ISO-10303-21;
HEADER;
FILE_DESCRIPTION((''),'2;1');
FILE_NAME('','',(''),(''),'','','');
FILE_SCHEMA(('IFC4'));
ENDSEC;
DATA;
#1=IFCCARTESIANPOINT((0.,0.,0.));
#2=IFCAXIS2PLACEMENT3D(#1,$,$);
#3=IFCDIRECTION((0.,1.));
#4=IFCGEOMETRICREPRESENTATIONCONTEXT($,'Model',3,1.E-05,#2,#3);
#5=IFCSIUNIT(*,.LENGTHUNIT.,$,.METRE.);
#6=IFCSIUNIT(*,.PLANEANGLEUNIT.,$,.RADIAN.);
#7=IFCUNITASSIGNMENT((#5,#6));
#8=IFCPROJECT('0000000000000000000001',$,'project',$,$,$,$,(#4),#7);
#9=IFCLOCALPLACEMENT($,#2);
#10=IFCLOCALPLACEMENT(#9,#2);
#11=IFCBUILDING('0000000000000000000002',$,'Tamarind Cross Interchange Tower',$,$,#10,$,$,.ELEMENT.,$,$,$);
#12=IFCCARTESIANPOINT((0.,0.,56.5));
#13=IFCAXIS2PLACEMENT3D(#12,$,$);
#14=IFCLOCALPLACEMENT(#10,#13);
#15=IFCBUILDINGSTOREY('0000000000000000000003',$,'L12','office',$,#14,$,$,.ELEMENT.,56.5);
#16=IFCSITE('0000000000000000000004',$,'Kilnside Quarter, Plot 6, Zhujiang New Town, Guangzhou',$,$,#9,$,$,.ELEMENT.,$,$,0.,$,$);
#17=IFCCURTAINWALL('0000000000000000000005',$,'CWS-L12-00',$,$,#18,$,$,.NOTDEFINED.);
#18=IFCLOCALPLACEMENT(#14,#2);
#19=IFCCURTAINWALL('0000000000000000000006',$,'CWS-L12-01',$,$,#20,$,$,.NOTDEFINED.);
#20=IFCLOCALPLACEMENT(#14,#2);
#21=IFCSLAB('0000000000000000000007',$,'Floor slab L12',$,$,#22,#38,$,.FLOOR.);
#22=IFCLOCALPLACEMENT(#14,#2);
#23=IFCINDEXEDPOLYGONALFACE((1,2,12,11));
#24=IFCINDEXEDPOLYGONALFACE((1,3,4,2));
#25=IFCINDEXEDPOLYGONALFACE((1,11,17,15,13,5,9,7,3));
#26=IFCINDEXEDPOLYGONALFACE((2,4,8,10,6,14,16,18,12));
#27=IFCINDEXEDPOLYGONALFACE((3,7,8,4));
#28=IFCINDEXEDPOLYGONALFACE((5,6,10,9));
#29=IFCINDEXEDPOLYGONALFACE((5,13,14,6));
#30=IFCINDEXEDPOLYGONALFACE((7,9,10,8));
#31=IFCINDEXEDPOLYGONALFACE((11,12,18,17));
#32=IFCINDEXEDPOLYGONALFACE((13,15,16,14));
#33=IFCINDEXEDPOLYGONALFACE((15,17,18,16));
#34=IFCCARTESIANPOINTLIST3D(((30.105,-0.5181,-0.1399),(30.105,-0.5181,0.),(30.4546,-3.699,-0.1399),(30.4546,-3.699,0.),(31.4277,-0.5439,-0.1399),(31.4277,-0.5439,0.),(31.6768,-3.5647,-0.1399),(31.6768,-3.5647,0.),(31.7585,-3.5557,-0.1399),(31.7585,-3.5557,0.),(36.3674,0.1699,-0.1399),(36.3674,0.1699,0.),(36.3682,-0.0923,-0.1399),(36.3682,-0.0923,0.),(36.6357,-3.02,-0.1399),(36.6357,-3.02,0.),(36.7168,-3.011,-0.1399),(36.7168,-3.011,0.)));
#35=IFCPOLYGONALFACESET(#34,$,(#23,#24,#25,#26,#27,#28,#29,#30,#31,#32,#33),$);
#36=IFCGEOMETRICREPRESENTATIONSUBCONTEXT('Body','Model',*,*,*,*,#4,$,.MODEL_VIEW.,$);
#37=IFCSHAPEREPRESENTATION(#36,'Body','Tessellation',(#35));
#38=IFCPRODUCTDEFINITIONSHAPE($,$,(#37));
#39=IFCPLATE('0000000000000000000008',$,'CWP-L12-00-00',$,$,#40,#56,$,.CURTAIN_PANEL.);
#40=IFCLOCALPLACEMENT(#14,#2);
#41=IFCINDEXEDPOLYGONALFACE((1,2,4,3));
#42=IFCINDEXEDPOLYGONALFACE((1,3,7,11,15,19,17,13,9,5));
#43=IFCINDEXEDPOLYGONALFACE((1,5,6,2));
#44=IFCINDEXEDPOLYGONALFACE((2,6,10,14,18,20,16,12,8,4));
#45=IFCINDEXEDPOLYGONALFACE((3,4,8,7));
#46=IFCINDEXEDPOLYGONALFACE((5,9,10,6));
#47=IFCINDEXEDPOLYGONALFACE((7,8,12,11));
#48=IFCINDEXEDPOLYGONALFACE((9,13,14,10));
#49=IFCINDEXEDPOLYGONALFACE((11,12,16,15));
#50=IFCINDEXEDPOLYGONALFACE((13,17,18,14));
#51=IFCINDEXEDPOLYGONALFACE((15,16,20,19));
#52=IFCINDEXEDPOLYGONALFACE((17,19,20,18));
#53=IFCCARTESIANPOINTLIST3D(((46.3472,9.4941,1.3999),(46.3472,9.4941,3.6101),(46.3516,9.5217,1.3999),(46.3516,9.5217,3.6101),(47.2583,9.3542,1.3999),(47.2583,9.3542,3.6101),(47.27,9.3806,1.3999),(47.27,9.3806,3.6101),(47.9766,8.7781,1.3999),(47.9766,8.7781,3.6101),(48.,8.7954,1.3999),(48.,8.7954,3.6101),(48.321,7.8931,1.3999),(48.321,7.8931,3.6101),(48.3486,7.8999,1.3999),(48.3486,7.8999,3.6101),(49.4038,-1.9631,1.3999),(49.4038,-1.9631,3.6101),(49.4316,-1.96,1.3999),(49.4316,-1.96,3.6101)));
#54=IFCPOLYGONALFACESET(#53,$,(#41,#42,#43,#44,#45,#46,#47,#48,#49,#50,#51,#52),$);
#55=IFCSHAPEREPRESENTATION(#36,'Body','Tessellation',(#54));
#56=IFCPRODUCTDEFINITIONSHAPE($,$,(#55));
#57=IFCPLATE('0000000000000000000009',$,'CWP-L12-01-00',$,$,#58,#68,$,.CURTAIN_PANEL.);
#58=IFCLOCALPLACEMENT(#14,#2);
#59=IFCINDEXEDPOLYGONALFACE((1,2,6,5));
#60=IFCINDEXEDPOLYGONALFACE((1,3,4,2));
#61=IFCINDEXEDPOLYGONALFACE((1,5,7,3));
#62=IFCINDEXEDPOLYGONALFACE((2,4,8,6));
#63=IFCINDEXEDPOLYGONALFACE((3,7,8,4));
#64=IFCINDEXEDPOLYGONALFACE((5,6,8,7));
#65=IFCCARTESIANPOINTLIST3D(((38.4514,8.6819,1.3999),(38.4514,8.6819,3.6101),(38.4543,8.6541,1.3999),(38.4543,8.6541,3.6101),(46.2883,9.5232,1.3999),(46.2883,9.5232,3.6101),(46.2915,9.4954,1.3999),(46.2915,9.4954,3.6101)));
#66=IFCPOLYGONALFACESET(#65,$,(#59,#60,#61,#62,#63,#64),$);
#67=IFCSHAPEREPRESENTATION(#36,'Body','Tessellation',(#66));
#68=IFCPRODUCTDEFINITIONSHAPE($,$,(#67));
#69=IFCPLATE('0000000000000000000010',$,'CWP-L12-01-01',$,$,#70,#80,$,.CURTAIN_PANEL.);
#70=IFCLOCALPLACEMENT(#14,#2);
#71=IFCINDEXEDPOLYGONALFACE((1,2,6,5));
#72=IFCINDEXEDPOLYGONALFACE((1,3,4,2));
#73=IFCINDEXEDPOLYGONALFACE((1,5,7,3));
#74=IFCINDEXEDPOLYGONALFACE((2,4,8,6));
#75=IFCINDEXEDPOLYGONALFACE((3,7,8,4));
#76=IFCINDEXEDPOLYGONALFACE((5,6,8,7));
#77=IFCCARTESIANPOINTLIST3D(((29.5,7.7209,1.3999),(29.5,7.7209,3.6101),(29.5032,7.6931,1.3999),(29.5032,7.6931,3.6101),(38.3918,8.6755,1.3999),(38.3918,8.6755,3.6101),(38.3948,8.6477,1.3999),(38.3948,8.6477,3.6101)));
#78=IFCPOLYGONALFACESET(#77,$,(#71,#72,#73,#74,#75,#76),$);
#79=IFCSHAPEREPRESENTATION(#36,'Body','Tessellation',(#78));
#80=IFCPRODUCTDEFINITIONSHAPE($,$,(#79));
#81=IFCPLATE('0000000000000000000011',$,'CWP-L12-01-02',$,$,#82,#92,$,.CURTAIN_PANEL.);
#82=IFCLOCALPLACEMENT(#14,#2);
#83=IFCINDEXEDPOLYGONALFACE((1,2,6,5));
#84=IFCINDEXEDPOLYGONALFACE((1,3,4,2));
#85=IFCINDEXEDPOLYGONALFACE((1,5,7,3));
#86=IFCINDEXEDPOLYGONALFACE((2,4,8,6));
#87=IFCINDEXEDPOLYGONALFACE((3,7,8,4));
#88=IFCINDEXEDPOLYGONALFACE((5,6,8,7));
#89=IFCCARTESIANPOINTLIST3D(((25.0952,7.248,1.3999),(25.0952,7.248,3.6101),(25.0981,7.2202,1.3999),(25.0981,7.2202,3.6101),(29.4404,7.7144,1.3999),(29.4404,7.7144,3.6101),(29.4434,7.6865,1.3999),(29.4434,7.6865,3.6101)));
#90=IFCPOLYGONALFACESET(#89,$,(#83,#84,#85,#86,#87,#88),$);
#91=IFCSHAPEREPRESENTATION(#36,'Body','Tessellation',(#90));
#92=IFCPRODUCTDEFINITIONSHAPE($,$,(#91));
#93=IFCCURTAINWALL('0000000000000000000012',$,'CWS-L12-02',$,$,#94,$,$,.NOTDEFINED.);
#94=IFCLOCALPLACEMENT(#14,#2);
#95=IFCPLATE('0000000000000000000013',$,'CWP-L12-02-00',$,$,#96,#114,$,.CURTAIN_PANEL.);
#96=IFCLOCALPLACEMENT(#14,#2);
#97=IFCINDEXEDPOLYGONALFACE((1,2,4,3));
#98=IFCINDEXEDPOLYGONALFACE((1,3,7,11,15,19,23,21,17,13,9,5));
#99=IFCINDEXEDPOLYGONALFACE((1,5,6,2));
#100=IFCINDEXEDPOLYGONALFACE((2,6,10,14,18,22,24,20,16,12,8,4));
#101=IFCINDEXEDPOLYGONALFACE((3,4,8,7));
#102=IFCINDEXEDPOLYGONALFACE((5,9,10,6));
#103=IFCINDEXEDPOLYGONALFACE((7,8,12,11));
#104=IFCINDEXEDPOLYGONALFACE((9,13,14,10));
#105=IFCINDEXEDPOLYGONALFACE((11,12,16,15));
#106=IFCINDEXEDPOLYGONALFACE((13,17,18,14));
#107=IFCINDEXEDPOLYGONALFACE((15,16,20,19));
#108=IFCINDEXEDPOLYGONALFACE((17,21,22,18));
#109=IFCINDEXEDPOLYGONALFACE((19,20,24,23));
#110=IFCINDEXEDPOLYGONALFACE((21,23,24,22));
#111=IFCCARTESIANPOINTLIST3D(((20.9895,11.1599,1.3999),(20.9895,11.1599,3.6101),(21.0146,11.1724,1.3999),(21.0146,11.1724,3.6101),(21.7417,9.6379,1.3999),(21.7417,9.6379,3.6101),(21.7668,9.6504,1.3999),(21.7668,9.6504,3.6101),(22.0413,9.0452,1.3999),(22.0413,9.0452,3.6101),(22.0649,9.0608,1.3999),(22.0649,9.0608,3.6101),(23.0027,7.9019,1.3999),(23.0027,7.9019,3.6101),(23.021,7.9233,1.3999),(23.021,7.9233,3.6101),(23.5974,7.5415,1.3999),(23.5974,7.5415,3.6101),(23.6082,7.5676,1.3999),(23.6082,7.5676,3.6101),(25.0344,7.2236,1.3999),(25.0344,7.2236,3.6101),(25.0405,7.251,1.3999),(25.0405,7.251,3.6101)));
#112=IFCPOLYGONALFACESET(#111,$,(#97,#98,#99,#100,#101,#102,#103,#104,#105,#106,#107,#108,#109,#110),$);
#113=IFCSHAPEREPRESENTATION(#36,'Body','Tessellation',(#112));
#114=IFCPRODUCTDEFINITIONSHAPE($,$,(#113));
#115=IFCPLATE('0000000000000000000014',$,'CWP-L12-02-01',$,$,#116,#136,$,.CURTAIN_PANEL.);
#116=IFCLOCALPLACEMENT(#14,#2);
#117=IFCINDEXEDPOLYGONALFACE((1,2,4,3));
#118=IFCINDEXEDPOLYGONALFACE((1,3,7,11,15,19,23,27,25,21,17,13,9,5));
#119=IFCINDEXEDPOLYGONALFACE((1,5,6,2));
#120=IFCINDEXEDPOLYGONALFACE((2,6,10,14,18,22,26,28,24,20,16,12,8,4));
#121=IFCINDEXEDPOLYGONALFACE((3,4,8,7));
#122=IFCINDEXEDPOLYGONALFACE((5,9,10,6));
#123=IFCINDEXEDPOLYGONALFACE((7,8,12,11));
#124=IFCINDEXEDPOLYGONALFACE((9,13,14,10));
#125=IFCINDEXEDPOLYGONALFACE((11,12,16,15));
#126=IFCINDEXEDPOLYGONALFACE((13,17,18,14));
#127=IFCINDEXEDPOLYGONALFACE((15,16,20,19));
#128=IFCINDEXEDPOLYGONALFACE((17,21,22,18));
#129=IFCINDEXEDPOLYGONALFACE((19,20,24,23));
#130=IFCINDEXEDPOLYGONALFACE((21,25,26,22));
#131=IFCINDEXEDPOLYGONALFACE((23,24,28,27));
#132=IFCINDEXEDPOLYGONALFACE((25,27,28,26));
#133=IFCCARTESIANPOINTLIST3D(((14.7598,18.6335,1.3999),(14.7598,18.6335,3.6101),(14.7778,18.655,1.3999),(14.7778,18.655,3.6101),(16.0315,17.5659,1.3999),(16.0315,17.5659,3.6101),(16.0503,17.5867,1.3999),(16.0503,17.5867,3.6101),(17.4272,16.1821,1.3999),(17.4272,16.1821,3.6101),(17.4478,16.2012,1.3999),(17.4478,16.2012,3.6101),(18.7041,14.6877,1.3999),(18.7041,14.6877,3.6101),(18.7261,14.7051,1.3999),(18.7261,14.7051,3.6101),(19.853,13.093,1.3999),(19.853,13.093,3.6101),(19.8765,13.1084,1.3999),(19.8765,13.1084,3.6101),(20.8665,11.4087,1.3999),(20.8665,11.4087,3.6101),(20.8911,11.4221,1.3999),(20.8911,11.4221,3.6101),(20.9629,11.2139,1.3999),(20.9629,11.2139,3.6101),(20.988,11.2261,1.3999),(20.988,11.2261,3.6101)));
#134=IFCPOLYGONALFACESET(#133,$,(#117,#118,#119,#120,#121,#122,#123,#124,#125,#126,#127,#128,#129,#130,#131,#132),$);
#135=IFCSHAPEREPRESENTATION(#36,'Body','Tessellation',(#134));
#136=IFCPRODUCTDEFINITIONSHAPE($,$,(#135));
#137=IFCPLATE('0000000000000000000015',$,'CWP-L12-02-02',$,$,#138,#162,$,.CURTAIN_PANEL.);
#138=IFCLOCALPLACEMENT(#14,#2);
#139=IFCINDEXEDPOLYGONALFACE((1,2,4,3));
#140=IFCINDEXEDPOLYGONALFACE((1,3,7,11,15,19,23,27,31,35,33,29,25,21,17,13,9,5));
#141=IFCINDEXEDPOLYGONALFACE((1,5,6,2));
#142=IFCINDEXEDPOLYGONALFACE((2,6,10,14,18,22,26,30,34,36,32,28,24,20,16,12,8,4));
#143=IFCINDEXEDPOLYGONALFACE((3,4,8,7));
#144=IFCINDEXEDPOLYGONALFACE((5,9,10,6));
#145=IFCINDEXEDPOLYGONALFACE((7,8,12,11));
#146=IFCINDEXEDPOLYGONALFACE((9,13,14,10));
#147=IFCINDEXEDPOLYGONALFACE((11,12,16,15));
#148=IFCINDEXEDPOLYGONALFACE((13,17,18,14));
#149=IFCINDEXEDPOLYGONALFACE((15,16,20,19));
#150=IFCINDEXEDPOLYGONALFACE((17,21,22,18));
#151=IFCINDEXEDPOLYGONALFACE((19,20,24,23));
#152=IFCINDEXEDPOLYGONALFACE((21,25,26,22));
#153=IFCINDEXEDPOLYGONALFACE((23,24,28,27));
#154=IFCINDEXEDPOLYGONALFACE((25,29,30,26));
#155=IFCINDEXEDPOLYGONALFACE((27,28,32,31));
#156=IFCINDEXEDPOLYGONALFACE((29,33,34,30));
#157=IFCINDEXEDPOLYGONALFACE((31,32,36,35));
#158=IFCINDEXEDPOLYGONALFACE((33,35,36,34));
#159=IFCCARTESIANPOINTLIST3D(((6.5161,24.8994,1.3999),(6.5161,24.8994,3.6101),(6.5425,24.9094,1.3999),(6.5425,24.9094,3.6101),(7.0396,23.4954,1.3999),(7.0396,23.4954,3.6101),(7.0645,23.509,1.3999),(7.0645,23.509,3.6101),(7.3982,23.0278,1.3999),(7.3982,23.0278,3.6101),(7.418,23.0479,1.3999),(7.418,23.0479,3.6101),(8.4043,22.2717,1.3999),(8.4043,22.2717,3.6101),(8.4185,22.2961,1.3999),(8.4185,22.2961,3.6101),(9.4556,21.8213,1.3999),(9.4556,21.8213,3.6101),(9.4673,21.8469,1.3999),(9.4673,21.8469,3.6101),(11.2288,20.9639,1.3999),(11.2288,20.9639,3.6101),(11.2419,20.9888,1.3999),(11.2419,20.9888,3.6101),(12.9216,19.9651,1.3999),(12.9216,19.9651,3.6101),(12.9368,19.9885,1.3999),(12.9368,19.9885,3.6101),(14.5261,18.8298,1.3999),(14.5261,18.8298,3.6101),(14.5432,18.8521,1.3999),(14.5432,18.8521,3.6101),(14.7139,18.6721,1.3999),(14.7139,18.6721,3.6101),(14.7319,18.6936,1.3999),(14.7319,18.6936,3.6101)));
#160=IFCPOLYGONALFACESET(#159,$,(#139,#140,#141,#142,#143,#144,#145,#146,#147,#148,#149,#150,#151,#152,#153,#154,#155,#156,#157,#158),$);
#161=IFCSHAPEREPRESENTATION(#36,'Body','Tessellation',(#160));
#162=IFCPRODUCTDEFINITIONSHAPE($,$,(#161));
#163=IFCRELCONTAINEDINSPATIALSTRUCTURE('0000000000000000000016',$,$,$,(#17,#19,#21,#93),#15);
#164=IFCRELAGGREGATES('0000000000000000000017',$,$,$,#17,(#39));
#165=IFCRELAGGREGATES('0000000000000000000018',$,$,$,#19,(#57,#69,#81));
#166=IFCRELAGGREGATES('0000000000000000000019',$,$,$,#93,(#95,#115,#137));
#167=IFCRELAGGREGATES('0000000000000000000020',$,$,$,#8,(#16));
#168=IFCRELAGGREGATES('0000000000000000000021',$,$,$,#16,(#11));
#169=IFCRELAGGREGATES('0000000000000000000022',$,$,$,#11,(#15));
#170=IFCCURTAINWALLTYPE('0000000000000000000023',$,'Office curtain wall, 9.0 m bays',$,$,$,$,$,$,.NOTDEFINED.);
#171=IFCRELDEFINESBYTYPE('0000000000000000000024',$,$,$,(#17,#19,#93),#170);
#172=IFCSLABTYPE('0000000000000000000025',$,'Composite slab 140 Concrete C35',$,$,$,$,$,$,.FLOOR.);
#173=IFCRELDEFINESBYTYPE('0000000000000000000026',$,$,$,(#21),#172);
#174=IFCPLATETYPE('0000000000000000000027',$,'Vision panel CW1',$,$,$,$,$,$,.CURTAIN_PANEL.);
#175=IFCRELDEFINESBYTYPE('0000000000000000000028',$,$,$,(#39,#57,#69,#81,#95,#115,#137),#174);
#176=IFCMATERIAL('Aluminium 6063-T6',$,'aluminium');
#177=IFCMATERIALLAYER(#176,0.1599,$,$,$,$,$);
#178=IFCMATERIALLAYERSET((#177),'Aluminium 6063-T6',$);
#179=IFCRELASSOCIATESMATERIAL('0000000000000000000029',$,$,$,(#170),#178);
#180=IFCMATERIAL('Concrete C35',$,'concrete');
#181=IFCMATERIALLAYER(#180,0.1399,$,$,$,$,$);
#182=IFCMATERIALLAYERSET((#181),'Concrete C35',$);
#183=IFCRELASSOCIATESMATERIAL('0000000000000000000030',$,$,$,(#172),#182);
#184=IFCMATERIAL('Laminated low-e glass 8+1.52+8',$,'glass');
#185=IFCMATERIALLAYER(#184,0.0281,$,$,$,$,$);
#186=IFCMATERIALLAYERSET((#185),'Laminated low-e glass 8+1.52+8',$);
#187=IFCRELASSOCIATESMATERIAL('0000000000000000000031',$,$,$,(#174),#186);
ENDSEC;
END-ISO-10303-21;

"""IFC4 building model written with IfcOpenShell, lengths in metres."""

from ifc_helpers import new_model, si_unit, direction, frame, origin, place, context, subcontext, project, spatial, polyline, outline, extrude, material, layer, layer_set, type_object, element, aggregate, save


model = new_model("IFC4")

# Units and contexts
model_context = context("Model", 3, precision=1e-05, world=origin(), true_north=direction((0.0, 1.0)))
body_context = subcontext(model_context, "Body", "Model", "MODEL_VIEW")
ifc_project = project(units=[si_unit("LENGTHUNIT", "METRE"), si_unit("PLANEANGLEUNIT", "RADIAN")], contexts=[model_context])

# Site, building, storey
site_placement = place(None, origin())
site = spatial("IfcSite", under=ifc_project, at=site_placement, Name="Kilnside Quarter, Plot 6, Zhujiang New Town, Guangzhou", CompositionType="ELEMENT", RefElevation=0.0)
building_placement = place(site_placement, origin())
building = spatial("IfcBuilding", under=site, at=building_placement, Name="Tamarind Cross Interchange Tower", CompositionType="ELEMENT")
storey_placement = place(building_placement, frame((0.0, 0.0, 56.5)))
storey = spatial("IfcBuildingStorey", under=building, at=storey_placement, Name="L12", Description="office", CompositionType="ELEMENT", Elevation=56.5)

# Curtain walls
ifc_material_1 = material(Name="Aluminium 6063-T6", Category="aluminium")
ifc_layer_1 = layer(ifc_material_1, 0.1599)
ifc_layer_set_1 = layer_set([ifc_layer_1], Name="Aluminium 6063-T6")
curtain_wall_type = type_object("IfcCurtainWallType", Name="Office curtain wall, 9.0 m bays", PredefinedType="NOTDEFINED", material=ifc_layer_set_1)
curtain_wall_1_placement = place(storey_placement, origin())
curtain_wall_1 = element("IfcCurtainWall", 1, at=curtain_wall_1_placement, inside=storey, type_object=curtain_wall_type, Name="CWS-L12-00", PredefinedType="NOTDEFINED")
curtain_wall_2_placement = place(storey_placement, origin())
curtain_wall_2 = element("IfcCurtainWall", 2, at=curtain_wall_2_placement, inside=storey, type_object=curtain_wall_type, Name="CWS-L12-01", PredefinedType="NOTDEFINED")

# Slab
ifc_material_2 = material(Name="Concrete C35", Category="concrete")
ifc_layer_2 = layer(ifc_material_2, 0.1399)
ifc_layer_set_2 = layer_set([ifc_layer_2], Name="Concrete C35")
slab_type = type_object("IfcSlabType", Name="Composite slab 140 Concrete C35", PredefinedType="FLOOR", material=ifc_layer_set_2)
slab_1_placement = place(storey_placement, frame((0.0, 0.0, -0.1399)))
element("IfcSlab", 3, at=slab_1_placement, inside=storey, type_object=slab_type, Name="Floor slab L12", PredefinedType="FLOOR", context=body_context, shape_type="SweptSolid", body=[
    extrude(outline(polyline([(36.7168, -3.011), (36.3674, 0.1699), (30.105, -0.5181), (30.4546, -3.699), (31.6768, -3.5647), (31.7585, -3.5557), (31.4277, -0.5439), (36.3682, -0.0923), (36.6357, -3.02), (36.7168, -3.011)])), origin(), (0.0, 0.0, 1.0), 0.1399),
])

# Plates
ifc_material_3 = material(Name="Laminated low-e glass 8+1.52+8", Category="glass")
ifc_layer_3 = layer(ifc_material_3, 0.0281)
ifc_layer_set_3 = layer_set([ifc_layer_3], Name="Laminated low-e glass 8+1.52+8")
plate_type = type_object("IfcPlateType", Name="Vision panel CW1", PredefinedType="CURTAIN_PANEL", material=ifc_layer_set_3)
plate_1_placement = place(storey_placement, frame((0.0, 0.0, 1.3999)))
plate_1 = element("IfcPlate", 4, at=plate_1_placement, type_object=plate_type, Name="CWP-L12-00-00", PredefinedType="CURTAIN_PANEL", context=body_context, shape_type="SweptSolid", body=[
    extrude(outline(polyline([(49.4038, -1.9631), (48.321, 7.8931), (47.9766, 8.7781), (47.2583, 9.3542), (46.3472, 9.4941), (46.3516, 9.5217), (47.27, 9.3806), (48.0, 8.7954), (48.3486, 7.8999), (49.4316, -1.96), (49.4038, -1.9631)])), origin(), (0.0, 0.0, 1.0), 2.2102),
])
aggregate(curtain_wall_1, [plate_1])
plate_2_placement = place(storey_placement, frame((0.0, 0.0, 1.3999)))
plate_2 = element("IfcPlate", 5, at=plate_2_placement, type_object=plate_type, Name="CWP-L12-01-00", PredefinedType="CURTAIN_PANEL", context=body_context, shape_type="SweptSolid", body=[
    extrude(outline(polyline([(46.2915, 9.4954), (38.4543, 8.6541), (38.4514, 8.6819), (46.2883, 9.5232), (46.2915, 9.4954)])), origin(), (0.0, 0.0, 1.0), 2.2102),
])
plate_3_placement = place(storey_placement, frame((0.0, 0.0, 1.3999)))
plate_3 = element("IfcPlate", 6, at=plate_3_placement, type_object=plate_type, Name="CWP-L12-01-01", PredefinedType="CURTAIN_PANEL", context=body_context, shape_type="SweptSolid", body=[
    extrude(outline(polyline([(38.3948, 8.6477), (29.5032, 7.6931), (29.5, 7.7209), (38.3918, 8.6755), (38.3948, 8.6477)])), origin(), (0.0, 0.0, 1.0), 2.2102),
])
plate_4_placement = place(storey_placement, frame((0.0, 0.0, 1.3999)))
plate_4 = element("IfcPlate", 7, at=plate_4_placement, type_object=plate_type, Name="CWP-L12-01-02", PredefinedType="CURTAIN_PANEL", context=body_context, shape_type="SweptSolid", body=[
    extrude(outline(polyline([(29.4434, 7.6865), (25.0981, 7.2202), (25.0952, 7.248), (29.4404, 7.7144), (29.4434, 7.6865)])), origin(), (0.0, 0.0, 1.0), 2.2102),
])
aggregate(curtain_wall_2, [plate_2, plate_3, plate_4])

# Curtain wall, plates
curtain_wall_3_placement = place(storey_placement, origin())
curtain_wall_3 = element("IfcCurtainWall", 8, at=curtain_wall_3_placement, inside=storey, type_object=curtain_wall_type, Name="CWS-L12-02", PredefinedType="NOTDEFINED")
plate_5_placement = place(storey_placement, frame((0.0, 0.0, 1.3999)))
plate_5 = element("IfcPlate", 9, at=plate_5_placement, type_object=plate_type, Name="CWP-L12-02-00", PredefinedType="CURTAIN_PANEL", context=body_context, shape_type="SweptSolid", body=[
    extrude(outline(polyline([(25.0344, 7.2236), (23.5974, 7.5415), (23.0027, 7.9019), (22.0413, 9.0452), (21.7417, 9.6379), (20.9895, 11.1599), (21.0146, 11.1724), (21.7668, 9.6504), (22.0649, 9.0608), (23.021, 7.9233), (23.6082, 7.5676), (25.0405, 7.251), (25.0344, 7.2236)])), origin(), (0.0, 0.0, 1.0), 2.2102),
])
plate_6_placement = place(storey_placement, frame((0.0, 0.0, 1.3999)))
plate_6 = element("IfcPlate", 10, at=plate_6_placement, type_object=plate_type, Name="CWP-L12-02-01", PredefinedType="CURTAIN_PANEL", context=body_context, shape_type="SweptSolid", body=[
    extrude(outline(polyline([(20.9629, 11.2139), (20.8665, 11.4087), (19.853, 13.093), (18.7041, 14.6877), (17.4272, 16.1821), (16.0315, 17.5659), (14.7598, 18.6335), (14.7778, 18.655), (16.0503, 17.5867), (17.4478, 16.2012), (18.7261, 14.7051), (19.8765, 13.1084), (20.8911, 11.4221), (20.988, 11.2261), (20.9629, 11.2139)])), origin(), (0.0, 0.0, 1.0), 2.2102),
])
plate_7_placement = place(storey_placement, frame((0.0, 0.0, 1.3999)))
plate_7 = element("IfcPlate", 11, at=plate_7_placement, type_object=plate_type, Name="CWP-L12-02-02", PredefinedType="CURTAIN_PANEL", context=body_context, shape_type="SweptSolid", body=[
    extrude(outline(polyline([(14.7139, 18.6721), (14.5261, 18.8298), (12.9216, 19.9651), (11.2288, 20.9639), (9.4556, 21.8213), (8.4043, 22.2717), (7.3982, 23.0278), (7.0396, 23.4954), (6.5161, 24.8994), (6.5425, 24.9094), (7.0645, 23.509), (7.418, 23.0479), (8.4185, 22.2961), (9.4673, 21.8469), (11.2419, 20.9888), (12.9368, 19.9885), (14.5432, 18.8521), (14.7319, 18.6936), (14.7139, 18.6721)])), origin(), (0.0, 0.0, 1.0), 2.2102),
])
aggregate(curtain_wall_3, [plate_5, plate_6, plate_7])

save(model, "model.ifc")
